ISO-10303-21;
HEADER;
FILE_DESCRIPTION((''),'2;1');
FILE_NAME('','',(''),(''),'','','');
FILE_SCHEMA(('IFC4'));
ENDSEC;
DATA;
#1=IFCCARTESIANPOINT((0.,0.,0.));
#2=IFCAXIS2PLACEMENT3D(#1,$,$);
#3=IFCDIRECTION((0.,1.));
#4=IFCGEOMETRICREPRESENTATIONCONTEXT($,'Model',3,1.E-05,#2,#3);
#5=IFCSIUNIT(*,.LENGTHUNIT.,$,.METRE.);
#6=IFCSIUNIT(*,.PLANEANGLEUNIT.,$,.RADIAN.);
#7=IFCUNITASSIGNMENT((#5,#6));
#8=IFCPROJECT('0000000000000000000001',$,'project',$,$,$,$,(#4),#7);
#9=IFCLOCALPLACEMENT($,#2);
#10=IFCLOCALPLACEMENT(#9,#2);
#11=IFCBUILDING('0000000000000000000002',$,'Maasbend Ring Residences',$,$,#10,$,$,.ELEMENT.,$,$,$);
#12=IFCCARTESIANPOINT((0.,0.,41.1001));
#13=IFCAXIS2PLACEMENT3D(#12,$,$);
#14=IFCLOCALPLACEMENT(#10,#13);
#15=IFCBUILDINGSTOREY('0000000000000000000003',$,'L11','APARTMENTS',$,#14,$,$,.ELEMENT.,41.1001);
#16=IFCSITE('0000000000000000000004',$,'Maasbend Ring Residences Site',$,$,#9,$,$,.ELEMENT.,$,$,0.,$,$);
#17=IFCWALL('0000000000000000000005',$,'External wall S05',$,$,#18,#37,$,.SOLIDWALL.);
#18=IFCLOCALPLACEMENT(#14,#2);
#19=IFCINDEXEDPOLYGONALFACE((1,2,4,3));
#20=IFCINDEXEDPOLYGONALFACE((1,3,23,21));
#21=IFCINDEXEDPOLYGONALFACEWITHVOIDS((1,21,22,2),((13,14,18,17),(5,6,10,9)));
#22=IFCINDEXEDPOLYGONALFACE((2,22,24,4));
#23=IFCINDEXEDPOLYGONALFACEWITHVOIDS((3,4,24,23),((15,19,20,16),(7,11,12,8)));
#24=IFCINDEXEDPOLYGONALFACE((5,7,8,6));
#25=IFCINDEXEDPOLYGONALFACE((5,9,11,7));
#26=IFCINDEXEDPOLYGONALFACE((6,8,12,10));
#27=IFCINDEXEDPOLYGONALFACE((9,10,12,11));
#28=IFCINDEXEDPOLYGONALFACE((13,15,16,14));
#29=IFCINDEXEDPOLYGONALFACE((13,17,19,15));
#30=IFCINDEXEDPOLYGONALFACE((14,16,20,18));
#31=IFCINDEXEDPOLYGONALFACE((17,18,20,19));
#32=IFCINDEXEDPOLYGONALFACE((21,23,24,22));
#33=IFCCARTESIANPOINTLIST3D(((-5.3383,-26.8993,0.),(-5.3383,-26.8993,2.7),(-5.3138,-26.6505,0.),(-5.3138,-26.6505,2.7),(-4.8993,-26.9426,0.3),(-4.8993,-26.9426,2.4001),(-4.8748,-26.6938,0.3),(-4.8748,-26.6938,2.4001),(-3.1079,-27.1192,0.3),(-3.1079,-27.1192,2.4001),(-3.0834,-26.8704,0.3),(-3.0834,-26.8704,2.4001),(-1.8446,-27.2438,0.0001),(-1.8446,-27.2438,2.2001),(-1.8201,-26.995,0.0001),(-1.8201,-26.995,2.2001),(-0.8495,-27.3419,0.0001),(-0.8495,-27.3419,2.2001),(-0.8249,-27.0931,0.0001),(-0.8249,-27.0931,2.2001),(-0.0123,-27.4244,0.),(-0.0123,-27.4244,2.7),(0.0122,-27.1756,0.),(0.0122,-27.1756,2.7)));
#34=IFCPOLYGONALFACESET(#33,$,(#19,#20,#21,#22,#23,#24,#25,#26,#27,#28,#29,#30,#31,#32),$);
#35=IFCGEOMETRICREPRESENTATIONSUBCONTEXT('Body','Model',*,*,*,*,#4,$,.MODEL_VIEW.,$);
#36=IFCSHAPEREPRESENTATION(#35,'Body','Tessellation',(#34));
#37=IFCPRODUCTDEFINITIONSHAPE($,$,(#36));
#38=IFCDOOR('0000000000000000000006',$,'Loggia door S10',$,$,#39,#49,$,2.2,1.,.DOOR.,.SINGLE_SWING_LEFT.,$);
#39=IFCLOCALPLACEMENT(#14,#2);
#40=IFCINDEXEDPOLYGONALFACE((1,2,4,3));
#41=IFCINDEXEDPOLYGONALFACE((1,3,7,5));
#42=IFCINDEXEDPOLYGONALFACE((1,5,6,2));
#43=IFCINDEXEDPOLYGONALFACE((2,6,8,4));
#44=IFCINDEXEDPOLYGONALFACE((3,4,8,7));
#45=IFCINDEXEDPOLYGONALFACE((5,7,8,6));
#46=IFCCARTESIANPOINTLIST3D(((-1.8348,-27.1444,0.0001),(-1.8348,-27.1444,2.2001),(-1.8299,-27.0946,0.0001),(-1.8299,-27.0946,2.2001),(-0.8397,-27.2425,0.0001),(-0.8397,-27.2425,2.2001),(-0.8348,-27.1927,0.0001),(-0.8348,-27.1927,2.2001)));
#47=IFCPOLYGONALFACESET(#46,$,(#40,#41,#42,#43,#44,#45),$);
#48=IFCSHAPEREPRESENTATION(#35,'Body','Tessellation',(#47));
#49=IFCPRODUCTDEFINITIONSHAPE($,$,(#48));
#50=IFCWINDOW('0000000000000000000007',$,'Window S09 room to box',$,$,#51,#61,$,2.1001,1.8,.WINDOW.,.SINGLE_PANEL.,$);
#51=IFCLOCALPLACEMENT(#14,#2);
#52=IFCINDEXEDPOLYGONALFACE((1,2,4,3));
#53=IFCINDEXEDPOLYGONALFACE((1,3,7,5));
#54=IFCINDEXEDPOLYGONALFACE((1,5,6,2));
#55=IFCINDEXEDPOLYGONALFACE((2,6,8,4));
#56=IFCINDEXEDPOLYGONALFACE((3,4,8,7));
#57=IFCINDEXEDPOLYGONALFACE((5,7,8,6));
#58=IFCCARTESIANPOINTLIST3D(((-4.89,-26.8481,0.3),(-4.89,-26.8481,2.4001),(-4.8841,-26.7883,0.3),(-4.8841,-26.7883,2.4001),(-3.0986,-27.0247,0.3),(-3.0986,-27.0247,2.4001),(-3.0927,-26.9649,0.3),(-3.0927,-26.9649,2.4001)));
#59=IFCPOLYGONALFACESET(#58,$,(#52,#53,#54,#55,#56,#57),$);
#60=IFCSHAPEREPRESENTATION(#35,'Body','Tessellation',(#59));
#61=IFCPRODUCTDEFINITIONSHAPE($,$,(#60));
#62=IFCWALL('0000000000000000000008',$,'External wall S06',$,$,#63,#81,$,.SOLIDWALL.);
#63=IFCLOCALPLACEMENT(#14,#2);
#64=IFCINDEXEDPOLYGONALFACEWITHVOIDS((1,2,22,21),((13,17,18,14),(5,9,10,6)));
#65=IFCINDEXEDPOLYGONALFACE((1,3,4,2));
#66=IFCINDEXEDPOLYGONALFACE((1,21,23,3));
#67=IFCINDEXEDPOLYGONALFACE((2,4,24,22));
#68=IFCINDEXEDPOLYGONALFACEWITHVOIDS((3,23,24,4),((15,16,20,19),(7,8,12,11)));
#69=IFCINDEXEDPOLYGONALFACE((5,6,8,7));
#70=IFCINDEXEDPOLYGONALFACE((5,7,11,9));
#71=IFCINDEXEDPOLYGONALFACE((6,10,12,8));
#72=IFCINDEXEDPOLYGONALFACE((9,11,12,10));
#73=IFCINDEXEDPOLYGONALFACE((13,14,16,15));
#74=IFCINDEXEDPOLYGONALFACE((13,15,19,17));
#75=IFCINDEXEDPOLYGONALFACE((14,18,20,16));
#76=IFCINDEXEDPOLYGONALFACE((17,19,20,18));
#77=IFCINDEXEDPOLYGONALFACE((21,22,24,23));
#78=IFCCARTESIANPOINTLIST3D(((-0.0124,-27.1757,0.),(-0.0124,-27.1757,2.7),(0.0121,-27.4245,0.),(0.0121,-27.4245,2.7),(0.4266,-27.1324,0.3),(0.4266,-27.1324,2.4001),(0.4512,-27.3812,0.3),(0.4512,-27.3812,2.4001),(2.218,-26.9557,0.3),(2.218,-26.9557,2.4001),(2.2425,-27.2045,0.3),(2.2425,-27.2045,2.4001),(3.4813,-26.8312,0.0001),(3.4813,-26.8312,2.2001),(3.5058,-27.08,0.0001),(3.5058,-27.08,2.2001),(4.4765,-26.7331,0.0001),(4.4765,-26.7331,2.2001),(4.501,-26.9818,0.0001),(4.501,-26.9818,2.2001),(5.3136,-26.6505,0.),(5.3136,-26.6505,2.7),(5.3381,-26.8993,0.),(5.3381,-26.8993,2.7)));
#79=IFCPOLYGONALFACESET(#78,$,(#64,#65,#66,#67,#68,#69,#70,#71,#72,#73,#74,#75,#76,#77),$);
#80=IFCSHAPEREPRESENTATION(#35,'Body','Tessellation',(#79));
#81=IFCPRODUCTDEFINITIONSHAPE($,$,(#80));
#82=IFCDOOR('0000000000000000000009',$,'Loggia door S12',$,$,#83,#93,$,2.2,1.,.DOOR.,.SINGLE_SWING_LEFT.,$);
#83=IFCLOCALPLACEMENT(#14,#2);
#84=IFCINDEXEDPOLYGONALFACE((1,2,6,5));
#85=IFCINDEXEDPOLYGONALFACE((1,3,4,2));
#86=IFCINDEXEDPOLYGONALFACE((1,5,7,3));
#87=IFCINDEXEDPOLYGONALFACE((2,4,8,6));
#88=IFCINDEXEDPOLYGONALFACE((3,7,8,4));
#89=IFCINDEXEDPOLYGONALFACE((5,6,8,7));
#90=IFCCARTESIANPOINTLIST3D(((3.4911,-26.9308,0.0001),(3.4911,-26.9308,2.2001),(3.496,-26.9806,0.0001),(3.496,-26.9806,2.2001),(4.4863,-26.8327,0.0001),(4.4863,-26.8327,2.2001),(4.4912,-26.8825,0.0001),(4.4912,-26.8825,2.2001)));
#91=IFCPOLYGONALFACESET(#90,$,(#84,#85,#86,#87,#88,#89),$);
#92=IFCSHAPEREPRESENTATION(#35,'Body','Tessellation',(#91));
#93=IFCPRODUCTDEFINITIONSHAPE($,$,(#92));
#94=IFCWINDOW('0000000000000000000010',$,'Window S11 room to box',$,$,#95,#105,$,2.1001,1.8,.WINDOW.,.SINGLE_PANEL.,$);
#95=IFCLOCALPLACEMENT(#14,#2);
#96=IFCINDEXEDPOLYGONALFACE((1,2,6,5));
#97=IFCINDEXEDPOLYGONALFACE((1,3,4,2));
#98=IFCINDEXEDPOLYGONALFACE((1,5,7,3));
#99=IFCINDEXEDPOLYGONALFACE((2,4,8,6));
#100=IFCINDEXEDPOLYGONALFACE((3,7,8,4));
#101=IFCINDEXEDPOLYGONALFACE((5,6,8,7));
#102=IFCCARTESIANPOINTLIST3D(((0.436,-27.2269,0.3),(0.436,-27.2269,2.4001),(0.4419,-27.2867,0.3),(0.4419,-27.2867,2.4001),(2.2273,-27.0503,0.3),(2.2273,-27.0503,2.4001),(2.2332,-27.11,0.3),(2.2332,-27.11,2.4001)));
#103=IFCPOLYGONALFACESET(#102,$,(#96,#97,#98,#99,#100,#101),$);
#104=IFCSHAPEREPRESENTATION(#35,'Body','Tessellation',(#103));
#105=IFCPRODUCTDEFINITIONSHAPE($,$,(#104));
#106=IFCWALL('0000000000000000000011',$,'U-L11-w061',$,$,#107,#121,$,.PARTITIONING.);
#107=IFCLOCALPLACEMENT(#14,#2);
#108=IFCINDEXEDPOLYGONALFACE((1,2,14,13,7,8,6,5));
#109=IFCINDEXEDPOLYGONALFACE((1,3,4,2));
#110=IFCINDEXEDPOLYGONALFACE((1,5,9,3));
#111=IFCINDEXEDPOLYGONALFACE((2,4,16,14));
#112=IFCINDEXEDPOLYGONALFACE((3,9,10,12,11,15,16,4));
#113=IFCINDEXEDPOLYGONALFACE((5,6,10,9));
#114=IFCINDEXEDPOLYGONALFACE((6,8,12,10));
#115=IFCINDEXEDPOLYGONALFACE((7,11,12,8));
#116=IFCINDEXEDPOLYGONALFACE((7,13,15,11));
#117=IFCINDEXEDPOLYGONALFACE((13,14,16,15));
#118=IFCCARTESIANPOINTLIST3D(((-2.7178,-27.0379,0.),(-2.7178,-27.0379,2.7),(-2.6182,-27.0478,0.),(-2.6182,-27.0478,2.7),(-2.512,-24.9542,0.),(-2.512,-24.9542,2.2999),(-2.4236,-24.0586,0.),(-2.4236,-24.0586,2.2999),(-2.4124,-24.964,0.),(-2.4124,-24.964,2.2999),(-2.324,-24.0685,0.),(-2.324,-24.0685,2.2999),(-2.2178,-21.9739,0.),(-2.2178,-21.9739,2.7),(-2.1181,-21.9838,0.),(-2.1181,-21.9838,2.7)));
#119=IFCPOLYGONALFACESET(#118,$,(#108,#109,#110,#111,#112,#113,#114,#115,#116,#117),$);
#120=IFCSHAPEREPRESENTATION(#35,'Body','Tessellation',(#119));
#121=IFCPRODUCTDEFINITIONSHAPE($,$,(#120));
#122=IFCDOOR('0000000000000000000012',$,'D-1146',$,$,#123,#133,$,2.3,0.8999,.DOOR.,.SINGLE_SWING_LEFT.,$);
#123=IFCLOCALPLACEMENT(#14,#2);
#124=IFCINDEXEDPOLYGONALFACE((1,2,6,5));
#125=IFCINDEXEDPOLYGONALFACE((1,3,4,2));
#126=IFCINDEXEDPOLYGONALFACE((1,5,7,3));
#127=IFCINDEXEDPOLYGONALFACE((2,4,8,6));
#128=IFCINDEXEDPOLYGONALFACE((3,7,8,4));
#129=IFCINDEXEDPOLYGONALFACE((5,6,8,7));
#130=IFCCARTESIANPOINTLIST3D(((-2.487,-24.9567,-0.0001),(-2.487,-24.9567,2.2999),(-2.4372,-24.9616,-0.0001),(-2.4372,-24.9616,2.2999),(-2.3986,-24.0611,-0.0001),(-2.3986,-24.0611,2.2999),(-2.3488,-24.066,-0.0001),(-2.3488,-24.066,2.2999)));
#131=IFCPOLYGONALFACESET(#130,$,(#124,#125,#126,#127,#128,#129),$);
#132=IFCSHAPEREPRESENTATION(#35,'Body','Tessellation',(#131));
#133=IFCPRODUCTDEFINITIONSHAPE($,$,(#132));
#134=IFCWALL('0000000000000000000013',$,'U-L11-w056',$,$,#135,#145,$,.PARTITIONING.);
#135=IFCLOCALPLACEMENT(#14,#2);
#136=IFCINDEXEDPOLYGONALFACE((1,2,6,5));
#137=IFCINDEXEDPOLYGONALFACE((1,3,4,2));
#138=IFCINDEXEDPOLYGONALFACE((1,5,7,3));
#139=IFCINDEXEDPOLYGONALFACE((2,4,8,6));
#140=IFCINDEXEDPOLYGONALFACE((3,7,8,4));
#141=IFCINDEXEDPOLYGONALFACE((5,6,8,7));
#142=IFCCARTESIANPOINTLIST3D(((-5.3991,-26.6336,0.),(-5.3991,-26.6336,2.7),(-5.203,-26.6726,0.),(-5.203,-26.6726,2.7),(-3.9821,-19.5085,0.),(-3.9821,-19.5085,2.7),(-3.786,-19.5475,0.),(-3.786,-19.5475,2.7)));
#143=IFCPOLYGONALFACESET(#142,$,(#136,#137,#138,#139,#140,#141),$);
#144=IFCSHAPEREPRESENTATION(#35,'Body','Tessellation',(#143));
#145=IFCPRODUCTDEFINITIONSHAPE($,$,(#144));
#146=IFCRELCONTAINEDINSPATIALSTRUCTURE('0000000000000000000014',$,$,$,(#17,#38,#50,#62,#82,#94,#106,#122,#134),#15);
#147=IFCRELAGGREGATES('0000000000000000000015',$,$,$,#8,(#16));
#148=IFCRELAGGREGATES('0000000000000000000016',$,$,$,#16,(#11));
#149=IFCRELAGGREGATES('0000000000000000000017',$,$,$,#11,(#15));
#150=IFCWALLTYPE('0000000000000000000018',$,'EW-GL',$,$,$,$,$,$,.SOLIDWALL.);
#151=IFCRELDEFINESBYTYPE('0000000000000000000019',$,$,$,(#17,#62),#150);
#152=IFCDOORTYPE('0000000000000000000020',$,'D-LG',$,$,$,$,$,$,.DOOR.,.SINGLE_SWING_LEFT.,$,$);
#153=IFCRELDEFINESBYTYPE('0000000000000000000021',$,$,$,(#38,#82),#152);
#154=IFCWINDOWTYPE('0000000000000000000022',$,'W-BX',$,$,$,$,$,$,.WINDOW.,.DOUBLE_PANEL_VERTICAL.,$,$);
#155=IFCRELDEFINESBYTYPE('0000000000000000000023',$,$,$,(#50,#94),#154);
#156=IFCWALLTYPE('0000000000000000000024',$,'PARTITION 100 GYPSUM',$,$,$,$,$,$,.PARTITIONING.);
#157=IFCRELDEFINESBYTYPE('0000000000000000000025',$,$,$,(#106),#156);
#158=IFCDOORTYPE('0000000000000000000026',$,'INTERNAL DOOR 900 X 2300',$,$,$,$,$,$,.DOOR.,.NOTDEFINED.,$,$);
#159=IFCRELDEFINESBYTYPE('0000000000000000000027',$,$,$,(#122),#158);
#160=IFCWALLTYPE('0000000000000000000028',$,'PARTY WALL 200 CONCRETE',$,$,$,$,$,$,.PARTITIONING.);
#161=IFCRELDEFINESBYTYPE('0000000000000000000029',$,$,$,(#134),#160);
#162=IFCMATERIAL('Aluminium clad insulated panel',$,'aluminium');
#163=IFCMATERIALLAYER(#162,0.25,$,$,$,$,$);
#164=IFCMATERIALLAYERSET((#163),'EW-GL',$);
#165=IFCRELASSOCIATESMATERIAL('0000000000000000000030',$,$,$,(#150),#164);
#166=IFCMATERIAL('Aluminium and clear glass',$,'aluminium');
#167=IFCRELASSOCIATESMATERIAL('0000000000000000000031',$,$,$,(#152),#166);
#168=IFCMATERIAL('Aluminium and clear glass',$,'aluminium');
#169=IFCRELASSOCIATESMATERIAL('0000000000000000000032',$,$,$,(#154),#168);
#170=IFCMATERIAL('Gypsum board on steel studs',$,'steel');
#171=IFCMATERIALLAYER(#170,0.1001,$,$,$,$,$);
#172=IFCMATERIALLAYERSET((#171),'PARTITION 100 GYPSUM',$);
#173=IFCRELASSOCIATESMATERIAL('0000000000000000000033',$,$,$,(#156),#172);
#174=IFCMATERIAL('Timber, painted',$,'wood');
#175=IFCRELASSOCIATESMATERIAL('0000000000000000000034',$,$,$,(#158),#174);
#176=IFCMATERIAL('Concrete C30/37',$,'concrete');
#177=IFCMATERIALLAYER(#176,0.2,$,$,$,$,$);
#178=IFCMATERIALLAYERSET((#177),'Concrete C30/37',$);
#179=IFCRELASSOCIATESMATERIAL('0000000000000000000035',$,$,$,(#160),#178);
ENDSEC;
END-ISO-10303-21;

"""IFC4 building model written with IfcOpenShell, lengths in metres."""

from ifc_helpers import new_model, si_unit, direction, frame, frame_2d, origin, place, context, subcontext, project, spatial, rectangle, extrude, material, layer, layer_set, type_object, element, fill, save


model = new_model("IFC4")

# Units and contexts
model_context = context("Model", 3, precision=1e-05, world=origin(), true_north=direction((0.0, 1.0)))
body_context = subcontext(model_context, "Body", "Model", "MODEL_VIEW")
ifc_project = project(units=[si_unit("LENGTHUNIT", "METRE"), si_unit("PLANEANGLEUNIT", "RADIAN")], contexts=[model_context])

# Site, building, storey
site_placement = place(None, origin())
site = spatial("IfcSite", under=ifc_project, at=site_placement, Name="Maasbend Ring Residences Site", CompositionType="ELEMENT", RefElevation=0.0)
building_placement = place(site_placement, origin())
building = spatial("IfcBuilding", under=site, at=building_placement, Name="Maasbend Ring Residences", CompositionType="ELEMENT")
storey_placement = place(building_placement, frame((0.0, 0.0, 41.1001)))
storey = spatial("IfcBuildingStorey", under=building, at=storey_placement, Name="L11", Description="APARTMENTS", CompositionType="ELEMENT", Elevation=41.1001)

# Walls, openings, doors, windows
ifc_material_1 = material(Name="Aluminium clad insulated panel", Category="aluminium")
ifc_layer_1 = layer(ifc_material_1, 0.25)
ifc_layer_set_1 = layer_set([ifc_layer_1], Name="EW-GL")
wall_type_1 = type_object("IfcWallType", Name="EW-GL", PredefinedType="SOLIDWALL", material=ifc_layer_set_1)
ifc_material_2 = material(Name="Aluminium and clear glass", Category="aluminium")
door_type_1 = type_object("IfcDoorType", Name="D-LG", OperationType="SINGLE_SWING_LEFT", PredefinedType="DOOR", material=ifc_material_2)
ifc_material_3 = material(Name="Aluminium and clear glass", Category="aluminium")
window_type_1 = type_object("IfcWindowType", Name="W-BX", PartitioningType="DOUBLE_PANEL_VERTICAL", PredefinedType="WINDOW", material=ifc_material_3)
wall_1_placement = place(storey_placement, frame((-5.3259, -26.7749, 0.0), z_axis=(0.0, 0.0, 1.0), x_axis=(0.995174, -0.098126, 0.0)))
wall_1 = element("IfcWall", 1, at=wall_1_placement, inside=storey, type_object=wall_type_1, Name="External wall S05", PredefinedType="SOLIDWALL", context=body_context, shape_type="SweptSolid", body=[
    extrude(rectangle(XDim=5.3518, YDim=0.25, at=frame_2d((2.6758, 0.0))), origin(), (0.0, 0.0, 1.0), 2.7),
])
opening_1_placement = place(wall_1_placement, frame((0.4412, 0.0, 0.3)))
opening_1 = element("IfcOpeningElement", 2, at=opening_1_placement, cuts=wall_1, PredefinedType="OPENING", context=body_context, shape_type="SweptSolid", body=[
    extrude(rectangle(XDim=1.8, YDim=2.1001, at=frame_2d((0.8999, 1.05))), frame((0.0, 0.135, 0.0), z_axis=(0.0, -1.0, 0.0), x_axis=(1.0, 0.0, 0.0)), (0.0, 0.0, 1.0), 0.27),
])
opening_2_placement = place(wall_1_placement, frame((3.5105, 0.0, 0.0)))
opening_2 = element("IfcOpeningElement", 3, at=opening_2_placement, cuts=wall_1, PredefinedType="OPENING", context=body_context, shape_type="SweptSolid", body=[
    extrude(rectangle(XDim=1.0, YDim=2.2, at=frame_2d((0.5, 1.1001))), frame((0.0, 0.135, 0.0), z_axis=(0.0, -1.0, 0.0), x_axis=(1.0, 0.0, 0.0)), (0.0, 0.0, 1.0), 0.27),
])
door_1_placement = place(opening_2_placement, origin())
door_1 = element("IfcDoor", 4, at=door_1_placement, inside=storey, type_object=door_type_1, Name="Loggia door S10", OperationType="SINGLE_SWING_LEFT", OverallHeight=2.2, OverallWidth=1.0, PredefinedType="DOOR", context=body_context, shape_type="SweptSolid", body=[
    extrude(rectangle(XDim=1.0, YDim=2.2, at=frame_2d((0.5, 1.1001))), frame((0.0, 0.0249, 0.0), z_axis=(0.0, -1.0, 0.0), x_axis=(1.0, 0.0, 0.0)), (0.0, 0.0, 1.0), 0.05),
])
fill(opening_2, door_1)
window_1_placement = place(opening_1_placement, origin())
window_1 = element("IfcWindow", 5, at=window_1_placement, inside=storey, type_object=window_type_1, Name="Window S09 room to box", OverallHeight=2.1001, OverallWidth=1.8, PartitioningType="SINGLE_PANEL", PredefinedType="WINDOW", context=body_context, shape_type="SweptSolid", body=[
    extrude(rectangle(XDim=1.8, YDim=2.1001, at=frame_2d((0.8999, 1.05))), frame((0.0, 0.03, 0.0), z_axis=(0.0, -1.0, 0.0), x_axis=(1.0, 0.0, 0.0)), (0.0, 0.0, 1.0), 0.0601),
])
fill(opening_1, window_1)
wall_2_placement = place(storey_placement, frame((0.0, -27.3, 0.0), z_axis=(0.0, 0.0, 1.0), x_axis=(0.995174, 0.098126, 0.0)))
wall_2 = element("IfcWall", 6, at=wall_2_placement, inside=storey, type_object=wall_type_1, Name="External wall S06", PredefinedType="SOLIDWALL", context=body_context, shape_type="SweptSolid", body=[
    extrude(rectangle(XDim=5.3518, YDim=0.25, at=frame_2d((2.6758, 0.0))), origin(), (0.0, 0.0, 1.0), 2.7),
])
opening_3_placement = place(wall_2_placement, frame((0.4412, 0.0, 0.3)))
opening_3 = element("IfcOpeningElement", 7, at=opening_3_placement, cuts=wall_2, PredefinedType="OPENING", context=body_context, shape_type="SweptSolid", body=[
    extrude(rectangle(XDim=1.8, YDim=2.1001, at=frame_2d((0.8999, 1.05))), frame((0.0, 0.135, 0.0), z_axis=(0.0, -1.0, 0.0), x_axis=(1.0, 0.0, 0.0)), (0.0, 0.0, 1.0), 0.27),
])
opening_4_placement = place(wall_2_placement, frame((3.5105, 0.0, 0.0)))
opening_4 = element("IfcOpeningElement", 8, at=opening_4_placement, cuts=wall_2, PredefinedType="OPENING", context=body_context, shape_type="SweptSolid", body=[
    extrude(rectangle(XDim=1.0, YDim=2.2, at=frame_2d((0.5, 1.1001))), frame((0.0, 0.135, 0.0), z_axis=(0.0, -1.0, 0.0), x_axis=(1.0, 0.0, 0.0)), (0.0, 0.0, 1.0), 0.27),
])
door_2_placement = place(opening_4_placement, origin())
door_2 = element("IfcDoor", 9, at=door_2_placement, inside=storey, type_object=door_type_1, Name="Loggia door S12", OperationType="SINGLE_SWING_LEFT", OverallHeight=2.2, OverallWidth=1.0, PredefinedType="DOOR", context=body_context, shape_type="SweptSolid", body=[
    extrude(rectangle(XDim=1.0, YDim=2.2, at=frame_2d((0.5, 1.1001))), frame((0.0, 0.0249, 0.0), z_axis=(0.0, -1.0, 0.0), x_axis=(1.0, 0.0, 0.0)), (0.0, 0.0, 1.0), 0.05),
])
fill(opening_4, door_2)
window_2_placement = place(opening_3_placement, origin())
window_2 = element("IfcWindow", 10, at=window_2_placement, inside=storey, type_object=window_type_1, Name="Window S11 room to box", OverallHeight=2.1001, OverallWidth=1.8, PartitioningType="SINGLE_PANEL", PredefinedType="WINDOW", context=body_context, shape_type="SweptSolid", body=[
    extrude(rectangle(XDim=1.8, YDim=2.1001, at=frame_2d((0.8999, 1.05))), frame((0.0, 0.03, 0.0), z_axis=(0.0, -1.0, 0.0), x_axis=(1.0, 0.0, 0.0)), (0.0, 0.0, 1.0), 0.0601),
])
fill(opening_3, window_2)

# Wall, opening, door
ifc_material_4 = material(Name="Gypsum board on steel studs", Category="steel")
ifc_layer_2 = layer(ifc_material_4, 0.1001)
ifc_layer_set_2 = layer_set([ifc_layer_2], Name="PARTITION 100 GYPSUM")
wall_type_2 = type_object("IfcWallType", Name="PARTITION 100 GYPSUM", PredefinedType="PARTITIONING", material=ifc_layer_set_2)
wall_3_placement = place(storey_placement, frame((-2.668, -27.043, 0.0), z_axis=(0.0, 0.0, 1.0), x_axis=(0.098259, 0.995161, 0.0)))
wall_3 = element("IfcWall", 11, at=wall_3_placement, inside=storey, type_object=wall_type_2, Name="U-L11-w061", PredefinedType="PARTITIONING", context=body_context, shape_type="SweptSolid", body=[
    extrude(rectangle(XDim=5.0886, YDim=0.1001, at=frame_2d((2.5444, 0.0))), origin(), (0.0, 0.0, 1.0), 2.7),
])
opening_5_placement = place(wall_3_placement, frame((2.094, 0.0, 0.0)))
opening_5 = element("IfcOpeningElement", 12, at=opening_5_placement, cuts=wall_3, PredefinedType="OPENING", context=body_context, shape_type="SweptSolid", body=[
    extrude(rectangle(XDim=0.8999, YDim=2.3, at=frame_2d((0.45, 1.1499))), frame((0.0, 0.0601, 0.0), z_axis=(0.0, -1.0, 0.0), x_axis=(1.0, 0.0, 0.0)), (0.0, 0.0, 1.0), 0.1201),
])
ifc_material_5 = material(Name="Timber, painted", Category="wood")
door_type_2 = type_object("IfcDoorType", Name="INTERNAL DOOR 900 X 2300", OperationType="NOTDEFINED", PredefinedType="DOOR", material=ifc_material_5)
door_3_placement = place(opening_5_placement, origin())
door_3 = element("IfcDoor", 13, at=door_3_placement, inside=storey, type_object=door_type_2, Name="D-1146", OperationType="SINGLE_SWING_LEFT", OverallHeight=2.3, OverallWidth=0.8999, PredefinedType="DOOR", context=body_context, shape_type="SweptSolid", body=[
    extrude(rectangle(XDim=0.8999, YDim=2.3, at=frame_2d((0.45, 1.1499))), frame((0.0, 0.0249, 0.0), z_axis=(0.0, -1.0, 0.0), x_axis=(1.0, 0.0, 0.0)), (0.0, 0.0, 1.0), 0.05),
])
fill(opening_5, door_3)

# Wall
ifc_material_6 = material(Name="Concrete C30/37", Category="concrete")
ifc_layer_3 = layer(ifc_material_6, 0.2)
ifc_layer_set_3 = layer_set([ifc_layer_3], Name="Concrete C30/37")
wall_type_3 = type_object("IfcWallType", Name="PARTY WALL 200 CONCRETE", PredefinedType="PARTITIONING", material=ifc_layer_set_3)
wall_4_placement = place(storey_placement, frame((-5.301, -26.6531, 0.0), z_axis=(0.0, 0.0, 1.0), x_axis=(0.195056, 0.980792, 0.0)))
element("IfcWall", 14, at=wall_4_placement, inside=storey, type_object=wall_type_3, Name="U-L11-w056", PredefinedType="PARTITIONING", context=body_context, shape_type="SweptSolid", body=[
    extrude(rectangle(XDim=7.2646, YDim=0.2, at=frame_2d((3.6323, 0.0))), origin(), (0.0, 0.0, 1.0), 2.7),
])

save(model, "model.ifc")
